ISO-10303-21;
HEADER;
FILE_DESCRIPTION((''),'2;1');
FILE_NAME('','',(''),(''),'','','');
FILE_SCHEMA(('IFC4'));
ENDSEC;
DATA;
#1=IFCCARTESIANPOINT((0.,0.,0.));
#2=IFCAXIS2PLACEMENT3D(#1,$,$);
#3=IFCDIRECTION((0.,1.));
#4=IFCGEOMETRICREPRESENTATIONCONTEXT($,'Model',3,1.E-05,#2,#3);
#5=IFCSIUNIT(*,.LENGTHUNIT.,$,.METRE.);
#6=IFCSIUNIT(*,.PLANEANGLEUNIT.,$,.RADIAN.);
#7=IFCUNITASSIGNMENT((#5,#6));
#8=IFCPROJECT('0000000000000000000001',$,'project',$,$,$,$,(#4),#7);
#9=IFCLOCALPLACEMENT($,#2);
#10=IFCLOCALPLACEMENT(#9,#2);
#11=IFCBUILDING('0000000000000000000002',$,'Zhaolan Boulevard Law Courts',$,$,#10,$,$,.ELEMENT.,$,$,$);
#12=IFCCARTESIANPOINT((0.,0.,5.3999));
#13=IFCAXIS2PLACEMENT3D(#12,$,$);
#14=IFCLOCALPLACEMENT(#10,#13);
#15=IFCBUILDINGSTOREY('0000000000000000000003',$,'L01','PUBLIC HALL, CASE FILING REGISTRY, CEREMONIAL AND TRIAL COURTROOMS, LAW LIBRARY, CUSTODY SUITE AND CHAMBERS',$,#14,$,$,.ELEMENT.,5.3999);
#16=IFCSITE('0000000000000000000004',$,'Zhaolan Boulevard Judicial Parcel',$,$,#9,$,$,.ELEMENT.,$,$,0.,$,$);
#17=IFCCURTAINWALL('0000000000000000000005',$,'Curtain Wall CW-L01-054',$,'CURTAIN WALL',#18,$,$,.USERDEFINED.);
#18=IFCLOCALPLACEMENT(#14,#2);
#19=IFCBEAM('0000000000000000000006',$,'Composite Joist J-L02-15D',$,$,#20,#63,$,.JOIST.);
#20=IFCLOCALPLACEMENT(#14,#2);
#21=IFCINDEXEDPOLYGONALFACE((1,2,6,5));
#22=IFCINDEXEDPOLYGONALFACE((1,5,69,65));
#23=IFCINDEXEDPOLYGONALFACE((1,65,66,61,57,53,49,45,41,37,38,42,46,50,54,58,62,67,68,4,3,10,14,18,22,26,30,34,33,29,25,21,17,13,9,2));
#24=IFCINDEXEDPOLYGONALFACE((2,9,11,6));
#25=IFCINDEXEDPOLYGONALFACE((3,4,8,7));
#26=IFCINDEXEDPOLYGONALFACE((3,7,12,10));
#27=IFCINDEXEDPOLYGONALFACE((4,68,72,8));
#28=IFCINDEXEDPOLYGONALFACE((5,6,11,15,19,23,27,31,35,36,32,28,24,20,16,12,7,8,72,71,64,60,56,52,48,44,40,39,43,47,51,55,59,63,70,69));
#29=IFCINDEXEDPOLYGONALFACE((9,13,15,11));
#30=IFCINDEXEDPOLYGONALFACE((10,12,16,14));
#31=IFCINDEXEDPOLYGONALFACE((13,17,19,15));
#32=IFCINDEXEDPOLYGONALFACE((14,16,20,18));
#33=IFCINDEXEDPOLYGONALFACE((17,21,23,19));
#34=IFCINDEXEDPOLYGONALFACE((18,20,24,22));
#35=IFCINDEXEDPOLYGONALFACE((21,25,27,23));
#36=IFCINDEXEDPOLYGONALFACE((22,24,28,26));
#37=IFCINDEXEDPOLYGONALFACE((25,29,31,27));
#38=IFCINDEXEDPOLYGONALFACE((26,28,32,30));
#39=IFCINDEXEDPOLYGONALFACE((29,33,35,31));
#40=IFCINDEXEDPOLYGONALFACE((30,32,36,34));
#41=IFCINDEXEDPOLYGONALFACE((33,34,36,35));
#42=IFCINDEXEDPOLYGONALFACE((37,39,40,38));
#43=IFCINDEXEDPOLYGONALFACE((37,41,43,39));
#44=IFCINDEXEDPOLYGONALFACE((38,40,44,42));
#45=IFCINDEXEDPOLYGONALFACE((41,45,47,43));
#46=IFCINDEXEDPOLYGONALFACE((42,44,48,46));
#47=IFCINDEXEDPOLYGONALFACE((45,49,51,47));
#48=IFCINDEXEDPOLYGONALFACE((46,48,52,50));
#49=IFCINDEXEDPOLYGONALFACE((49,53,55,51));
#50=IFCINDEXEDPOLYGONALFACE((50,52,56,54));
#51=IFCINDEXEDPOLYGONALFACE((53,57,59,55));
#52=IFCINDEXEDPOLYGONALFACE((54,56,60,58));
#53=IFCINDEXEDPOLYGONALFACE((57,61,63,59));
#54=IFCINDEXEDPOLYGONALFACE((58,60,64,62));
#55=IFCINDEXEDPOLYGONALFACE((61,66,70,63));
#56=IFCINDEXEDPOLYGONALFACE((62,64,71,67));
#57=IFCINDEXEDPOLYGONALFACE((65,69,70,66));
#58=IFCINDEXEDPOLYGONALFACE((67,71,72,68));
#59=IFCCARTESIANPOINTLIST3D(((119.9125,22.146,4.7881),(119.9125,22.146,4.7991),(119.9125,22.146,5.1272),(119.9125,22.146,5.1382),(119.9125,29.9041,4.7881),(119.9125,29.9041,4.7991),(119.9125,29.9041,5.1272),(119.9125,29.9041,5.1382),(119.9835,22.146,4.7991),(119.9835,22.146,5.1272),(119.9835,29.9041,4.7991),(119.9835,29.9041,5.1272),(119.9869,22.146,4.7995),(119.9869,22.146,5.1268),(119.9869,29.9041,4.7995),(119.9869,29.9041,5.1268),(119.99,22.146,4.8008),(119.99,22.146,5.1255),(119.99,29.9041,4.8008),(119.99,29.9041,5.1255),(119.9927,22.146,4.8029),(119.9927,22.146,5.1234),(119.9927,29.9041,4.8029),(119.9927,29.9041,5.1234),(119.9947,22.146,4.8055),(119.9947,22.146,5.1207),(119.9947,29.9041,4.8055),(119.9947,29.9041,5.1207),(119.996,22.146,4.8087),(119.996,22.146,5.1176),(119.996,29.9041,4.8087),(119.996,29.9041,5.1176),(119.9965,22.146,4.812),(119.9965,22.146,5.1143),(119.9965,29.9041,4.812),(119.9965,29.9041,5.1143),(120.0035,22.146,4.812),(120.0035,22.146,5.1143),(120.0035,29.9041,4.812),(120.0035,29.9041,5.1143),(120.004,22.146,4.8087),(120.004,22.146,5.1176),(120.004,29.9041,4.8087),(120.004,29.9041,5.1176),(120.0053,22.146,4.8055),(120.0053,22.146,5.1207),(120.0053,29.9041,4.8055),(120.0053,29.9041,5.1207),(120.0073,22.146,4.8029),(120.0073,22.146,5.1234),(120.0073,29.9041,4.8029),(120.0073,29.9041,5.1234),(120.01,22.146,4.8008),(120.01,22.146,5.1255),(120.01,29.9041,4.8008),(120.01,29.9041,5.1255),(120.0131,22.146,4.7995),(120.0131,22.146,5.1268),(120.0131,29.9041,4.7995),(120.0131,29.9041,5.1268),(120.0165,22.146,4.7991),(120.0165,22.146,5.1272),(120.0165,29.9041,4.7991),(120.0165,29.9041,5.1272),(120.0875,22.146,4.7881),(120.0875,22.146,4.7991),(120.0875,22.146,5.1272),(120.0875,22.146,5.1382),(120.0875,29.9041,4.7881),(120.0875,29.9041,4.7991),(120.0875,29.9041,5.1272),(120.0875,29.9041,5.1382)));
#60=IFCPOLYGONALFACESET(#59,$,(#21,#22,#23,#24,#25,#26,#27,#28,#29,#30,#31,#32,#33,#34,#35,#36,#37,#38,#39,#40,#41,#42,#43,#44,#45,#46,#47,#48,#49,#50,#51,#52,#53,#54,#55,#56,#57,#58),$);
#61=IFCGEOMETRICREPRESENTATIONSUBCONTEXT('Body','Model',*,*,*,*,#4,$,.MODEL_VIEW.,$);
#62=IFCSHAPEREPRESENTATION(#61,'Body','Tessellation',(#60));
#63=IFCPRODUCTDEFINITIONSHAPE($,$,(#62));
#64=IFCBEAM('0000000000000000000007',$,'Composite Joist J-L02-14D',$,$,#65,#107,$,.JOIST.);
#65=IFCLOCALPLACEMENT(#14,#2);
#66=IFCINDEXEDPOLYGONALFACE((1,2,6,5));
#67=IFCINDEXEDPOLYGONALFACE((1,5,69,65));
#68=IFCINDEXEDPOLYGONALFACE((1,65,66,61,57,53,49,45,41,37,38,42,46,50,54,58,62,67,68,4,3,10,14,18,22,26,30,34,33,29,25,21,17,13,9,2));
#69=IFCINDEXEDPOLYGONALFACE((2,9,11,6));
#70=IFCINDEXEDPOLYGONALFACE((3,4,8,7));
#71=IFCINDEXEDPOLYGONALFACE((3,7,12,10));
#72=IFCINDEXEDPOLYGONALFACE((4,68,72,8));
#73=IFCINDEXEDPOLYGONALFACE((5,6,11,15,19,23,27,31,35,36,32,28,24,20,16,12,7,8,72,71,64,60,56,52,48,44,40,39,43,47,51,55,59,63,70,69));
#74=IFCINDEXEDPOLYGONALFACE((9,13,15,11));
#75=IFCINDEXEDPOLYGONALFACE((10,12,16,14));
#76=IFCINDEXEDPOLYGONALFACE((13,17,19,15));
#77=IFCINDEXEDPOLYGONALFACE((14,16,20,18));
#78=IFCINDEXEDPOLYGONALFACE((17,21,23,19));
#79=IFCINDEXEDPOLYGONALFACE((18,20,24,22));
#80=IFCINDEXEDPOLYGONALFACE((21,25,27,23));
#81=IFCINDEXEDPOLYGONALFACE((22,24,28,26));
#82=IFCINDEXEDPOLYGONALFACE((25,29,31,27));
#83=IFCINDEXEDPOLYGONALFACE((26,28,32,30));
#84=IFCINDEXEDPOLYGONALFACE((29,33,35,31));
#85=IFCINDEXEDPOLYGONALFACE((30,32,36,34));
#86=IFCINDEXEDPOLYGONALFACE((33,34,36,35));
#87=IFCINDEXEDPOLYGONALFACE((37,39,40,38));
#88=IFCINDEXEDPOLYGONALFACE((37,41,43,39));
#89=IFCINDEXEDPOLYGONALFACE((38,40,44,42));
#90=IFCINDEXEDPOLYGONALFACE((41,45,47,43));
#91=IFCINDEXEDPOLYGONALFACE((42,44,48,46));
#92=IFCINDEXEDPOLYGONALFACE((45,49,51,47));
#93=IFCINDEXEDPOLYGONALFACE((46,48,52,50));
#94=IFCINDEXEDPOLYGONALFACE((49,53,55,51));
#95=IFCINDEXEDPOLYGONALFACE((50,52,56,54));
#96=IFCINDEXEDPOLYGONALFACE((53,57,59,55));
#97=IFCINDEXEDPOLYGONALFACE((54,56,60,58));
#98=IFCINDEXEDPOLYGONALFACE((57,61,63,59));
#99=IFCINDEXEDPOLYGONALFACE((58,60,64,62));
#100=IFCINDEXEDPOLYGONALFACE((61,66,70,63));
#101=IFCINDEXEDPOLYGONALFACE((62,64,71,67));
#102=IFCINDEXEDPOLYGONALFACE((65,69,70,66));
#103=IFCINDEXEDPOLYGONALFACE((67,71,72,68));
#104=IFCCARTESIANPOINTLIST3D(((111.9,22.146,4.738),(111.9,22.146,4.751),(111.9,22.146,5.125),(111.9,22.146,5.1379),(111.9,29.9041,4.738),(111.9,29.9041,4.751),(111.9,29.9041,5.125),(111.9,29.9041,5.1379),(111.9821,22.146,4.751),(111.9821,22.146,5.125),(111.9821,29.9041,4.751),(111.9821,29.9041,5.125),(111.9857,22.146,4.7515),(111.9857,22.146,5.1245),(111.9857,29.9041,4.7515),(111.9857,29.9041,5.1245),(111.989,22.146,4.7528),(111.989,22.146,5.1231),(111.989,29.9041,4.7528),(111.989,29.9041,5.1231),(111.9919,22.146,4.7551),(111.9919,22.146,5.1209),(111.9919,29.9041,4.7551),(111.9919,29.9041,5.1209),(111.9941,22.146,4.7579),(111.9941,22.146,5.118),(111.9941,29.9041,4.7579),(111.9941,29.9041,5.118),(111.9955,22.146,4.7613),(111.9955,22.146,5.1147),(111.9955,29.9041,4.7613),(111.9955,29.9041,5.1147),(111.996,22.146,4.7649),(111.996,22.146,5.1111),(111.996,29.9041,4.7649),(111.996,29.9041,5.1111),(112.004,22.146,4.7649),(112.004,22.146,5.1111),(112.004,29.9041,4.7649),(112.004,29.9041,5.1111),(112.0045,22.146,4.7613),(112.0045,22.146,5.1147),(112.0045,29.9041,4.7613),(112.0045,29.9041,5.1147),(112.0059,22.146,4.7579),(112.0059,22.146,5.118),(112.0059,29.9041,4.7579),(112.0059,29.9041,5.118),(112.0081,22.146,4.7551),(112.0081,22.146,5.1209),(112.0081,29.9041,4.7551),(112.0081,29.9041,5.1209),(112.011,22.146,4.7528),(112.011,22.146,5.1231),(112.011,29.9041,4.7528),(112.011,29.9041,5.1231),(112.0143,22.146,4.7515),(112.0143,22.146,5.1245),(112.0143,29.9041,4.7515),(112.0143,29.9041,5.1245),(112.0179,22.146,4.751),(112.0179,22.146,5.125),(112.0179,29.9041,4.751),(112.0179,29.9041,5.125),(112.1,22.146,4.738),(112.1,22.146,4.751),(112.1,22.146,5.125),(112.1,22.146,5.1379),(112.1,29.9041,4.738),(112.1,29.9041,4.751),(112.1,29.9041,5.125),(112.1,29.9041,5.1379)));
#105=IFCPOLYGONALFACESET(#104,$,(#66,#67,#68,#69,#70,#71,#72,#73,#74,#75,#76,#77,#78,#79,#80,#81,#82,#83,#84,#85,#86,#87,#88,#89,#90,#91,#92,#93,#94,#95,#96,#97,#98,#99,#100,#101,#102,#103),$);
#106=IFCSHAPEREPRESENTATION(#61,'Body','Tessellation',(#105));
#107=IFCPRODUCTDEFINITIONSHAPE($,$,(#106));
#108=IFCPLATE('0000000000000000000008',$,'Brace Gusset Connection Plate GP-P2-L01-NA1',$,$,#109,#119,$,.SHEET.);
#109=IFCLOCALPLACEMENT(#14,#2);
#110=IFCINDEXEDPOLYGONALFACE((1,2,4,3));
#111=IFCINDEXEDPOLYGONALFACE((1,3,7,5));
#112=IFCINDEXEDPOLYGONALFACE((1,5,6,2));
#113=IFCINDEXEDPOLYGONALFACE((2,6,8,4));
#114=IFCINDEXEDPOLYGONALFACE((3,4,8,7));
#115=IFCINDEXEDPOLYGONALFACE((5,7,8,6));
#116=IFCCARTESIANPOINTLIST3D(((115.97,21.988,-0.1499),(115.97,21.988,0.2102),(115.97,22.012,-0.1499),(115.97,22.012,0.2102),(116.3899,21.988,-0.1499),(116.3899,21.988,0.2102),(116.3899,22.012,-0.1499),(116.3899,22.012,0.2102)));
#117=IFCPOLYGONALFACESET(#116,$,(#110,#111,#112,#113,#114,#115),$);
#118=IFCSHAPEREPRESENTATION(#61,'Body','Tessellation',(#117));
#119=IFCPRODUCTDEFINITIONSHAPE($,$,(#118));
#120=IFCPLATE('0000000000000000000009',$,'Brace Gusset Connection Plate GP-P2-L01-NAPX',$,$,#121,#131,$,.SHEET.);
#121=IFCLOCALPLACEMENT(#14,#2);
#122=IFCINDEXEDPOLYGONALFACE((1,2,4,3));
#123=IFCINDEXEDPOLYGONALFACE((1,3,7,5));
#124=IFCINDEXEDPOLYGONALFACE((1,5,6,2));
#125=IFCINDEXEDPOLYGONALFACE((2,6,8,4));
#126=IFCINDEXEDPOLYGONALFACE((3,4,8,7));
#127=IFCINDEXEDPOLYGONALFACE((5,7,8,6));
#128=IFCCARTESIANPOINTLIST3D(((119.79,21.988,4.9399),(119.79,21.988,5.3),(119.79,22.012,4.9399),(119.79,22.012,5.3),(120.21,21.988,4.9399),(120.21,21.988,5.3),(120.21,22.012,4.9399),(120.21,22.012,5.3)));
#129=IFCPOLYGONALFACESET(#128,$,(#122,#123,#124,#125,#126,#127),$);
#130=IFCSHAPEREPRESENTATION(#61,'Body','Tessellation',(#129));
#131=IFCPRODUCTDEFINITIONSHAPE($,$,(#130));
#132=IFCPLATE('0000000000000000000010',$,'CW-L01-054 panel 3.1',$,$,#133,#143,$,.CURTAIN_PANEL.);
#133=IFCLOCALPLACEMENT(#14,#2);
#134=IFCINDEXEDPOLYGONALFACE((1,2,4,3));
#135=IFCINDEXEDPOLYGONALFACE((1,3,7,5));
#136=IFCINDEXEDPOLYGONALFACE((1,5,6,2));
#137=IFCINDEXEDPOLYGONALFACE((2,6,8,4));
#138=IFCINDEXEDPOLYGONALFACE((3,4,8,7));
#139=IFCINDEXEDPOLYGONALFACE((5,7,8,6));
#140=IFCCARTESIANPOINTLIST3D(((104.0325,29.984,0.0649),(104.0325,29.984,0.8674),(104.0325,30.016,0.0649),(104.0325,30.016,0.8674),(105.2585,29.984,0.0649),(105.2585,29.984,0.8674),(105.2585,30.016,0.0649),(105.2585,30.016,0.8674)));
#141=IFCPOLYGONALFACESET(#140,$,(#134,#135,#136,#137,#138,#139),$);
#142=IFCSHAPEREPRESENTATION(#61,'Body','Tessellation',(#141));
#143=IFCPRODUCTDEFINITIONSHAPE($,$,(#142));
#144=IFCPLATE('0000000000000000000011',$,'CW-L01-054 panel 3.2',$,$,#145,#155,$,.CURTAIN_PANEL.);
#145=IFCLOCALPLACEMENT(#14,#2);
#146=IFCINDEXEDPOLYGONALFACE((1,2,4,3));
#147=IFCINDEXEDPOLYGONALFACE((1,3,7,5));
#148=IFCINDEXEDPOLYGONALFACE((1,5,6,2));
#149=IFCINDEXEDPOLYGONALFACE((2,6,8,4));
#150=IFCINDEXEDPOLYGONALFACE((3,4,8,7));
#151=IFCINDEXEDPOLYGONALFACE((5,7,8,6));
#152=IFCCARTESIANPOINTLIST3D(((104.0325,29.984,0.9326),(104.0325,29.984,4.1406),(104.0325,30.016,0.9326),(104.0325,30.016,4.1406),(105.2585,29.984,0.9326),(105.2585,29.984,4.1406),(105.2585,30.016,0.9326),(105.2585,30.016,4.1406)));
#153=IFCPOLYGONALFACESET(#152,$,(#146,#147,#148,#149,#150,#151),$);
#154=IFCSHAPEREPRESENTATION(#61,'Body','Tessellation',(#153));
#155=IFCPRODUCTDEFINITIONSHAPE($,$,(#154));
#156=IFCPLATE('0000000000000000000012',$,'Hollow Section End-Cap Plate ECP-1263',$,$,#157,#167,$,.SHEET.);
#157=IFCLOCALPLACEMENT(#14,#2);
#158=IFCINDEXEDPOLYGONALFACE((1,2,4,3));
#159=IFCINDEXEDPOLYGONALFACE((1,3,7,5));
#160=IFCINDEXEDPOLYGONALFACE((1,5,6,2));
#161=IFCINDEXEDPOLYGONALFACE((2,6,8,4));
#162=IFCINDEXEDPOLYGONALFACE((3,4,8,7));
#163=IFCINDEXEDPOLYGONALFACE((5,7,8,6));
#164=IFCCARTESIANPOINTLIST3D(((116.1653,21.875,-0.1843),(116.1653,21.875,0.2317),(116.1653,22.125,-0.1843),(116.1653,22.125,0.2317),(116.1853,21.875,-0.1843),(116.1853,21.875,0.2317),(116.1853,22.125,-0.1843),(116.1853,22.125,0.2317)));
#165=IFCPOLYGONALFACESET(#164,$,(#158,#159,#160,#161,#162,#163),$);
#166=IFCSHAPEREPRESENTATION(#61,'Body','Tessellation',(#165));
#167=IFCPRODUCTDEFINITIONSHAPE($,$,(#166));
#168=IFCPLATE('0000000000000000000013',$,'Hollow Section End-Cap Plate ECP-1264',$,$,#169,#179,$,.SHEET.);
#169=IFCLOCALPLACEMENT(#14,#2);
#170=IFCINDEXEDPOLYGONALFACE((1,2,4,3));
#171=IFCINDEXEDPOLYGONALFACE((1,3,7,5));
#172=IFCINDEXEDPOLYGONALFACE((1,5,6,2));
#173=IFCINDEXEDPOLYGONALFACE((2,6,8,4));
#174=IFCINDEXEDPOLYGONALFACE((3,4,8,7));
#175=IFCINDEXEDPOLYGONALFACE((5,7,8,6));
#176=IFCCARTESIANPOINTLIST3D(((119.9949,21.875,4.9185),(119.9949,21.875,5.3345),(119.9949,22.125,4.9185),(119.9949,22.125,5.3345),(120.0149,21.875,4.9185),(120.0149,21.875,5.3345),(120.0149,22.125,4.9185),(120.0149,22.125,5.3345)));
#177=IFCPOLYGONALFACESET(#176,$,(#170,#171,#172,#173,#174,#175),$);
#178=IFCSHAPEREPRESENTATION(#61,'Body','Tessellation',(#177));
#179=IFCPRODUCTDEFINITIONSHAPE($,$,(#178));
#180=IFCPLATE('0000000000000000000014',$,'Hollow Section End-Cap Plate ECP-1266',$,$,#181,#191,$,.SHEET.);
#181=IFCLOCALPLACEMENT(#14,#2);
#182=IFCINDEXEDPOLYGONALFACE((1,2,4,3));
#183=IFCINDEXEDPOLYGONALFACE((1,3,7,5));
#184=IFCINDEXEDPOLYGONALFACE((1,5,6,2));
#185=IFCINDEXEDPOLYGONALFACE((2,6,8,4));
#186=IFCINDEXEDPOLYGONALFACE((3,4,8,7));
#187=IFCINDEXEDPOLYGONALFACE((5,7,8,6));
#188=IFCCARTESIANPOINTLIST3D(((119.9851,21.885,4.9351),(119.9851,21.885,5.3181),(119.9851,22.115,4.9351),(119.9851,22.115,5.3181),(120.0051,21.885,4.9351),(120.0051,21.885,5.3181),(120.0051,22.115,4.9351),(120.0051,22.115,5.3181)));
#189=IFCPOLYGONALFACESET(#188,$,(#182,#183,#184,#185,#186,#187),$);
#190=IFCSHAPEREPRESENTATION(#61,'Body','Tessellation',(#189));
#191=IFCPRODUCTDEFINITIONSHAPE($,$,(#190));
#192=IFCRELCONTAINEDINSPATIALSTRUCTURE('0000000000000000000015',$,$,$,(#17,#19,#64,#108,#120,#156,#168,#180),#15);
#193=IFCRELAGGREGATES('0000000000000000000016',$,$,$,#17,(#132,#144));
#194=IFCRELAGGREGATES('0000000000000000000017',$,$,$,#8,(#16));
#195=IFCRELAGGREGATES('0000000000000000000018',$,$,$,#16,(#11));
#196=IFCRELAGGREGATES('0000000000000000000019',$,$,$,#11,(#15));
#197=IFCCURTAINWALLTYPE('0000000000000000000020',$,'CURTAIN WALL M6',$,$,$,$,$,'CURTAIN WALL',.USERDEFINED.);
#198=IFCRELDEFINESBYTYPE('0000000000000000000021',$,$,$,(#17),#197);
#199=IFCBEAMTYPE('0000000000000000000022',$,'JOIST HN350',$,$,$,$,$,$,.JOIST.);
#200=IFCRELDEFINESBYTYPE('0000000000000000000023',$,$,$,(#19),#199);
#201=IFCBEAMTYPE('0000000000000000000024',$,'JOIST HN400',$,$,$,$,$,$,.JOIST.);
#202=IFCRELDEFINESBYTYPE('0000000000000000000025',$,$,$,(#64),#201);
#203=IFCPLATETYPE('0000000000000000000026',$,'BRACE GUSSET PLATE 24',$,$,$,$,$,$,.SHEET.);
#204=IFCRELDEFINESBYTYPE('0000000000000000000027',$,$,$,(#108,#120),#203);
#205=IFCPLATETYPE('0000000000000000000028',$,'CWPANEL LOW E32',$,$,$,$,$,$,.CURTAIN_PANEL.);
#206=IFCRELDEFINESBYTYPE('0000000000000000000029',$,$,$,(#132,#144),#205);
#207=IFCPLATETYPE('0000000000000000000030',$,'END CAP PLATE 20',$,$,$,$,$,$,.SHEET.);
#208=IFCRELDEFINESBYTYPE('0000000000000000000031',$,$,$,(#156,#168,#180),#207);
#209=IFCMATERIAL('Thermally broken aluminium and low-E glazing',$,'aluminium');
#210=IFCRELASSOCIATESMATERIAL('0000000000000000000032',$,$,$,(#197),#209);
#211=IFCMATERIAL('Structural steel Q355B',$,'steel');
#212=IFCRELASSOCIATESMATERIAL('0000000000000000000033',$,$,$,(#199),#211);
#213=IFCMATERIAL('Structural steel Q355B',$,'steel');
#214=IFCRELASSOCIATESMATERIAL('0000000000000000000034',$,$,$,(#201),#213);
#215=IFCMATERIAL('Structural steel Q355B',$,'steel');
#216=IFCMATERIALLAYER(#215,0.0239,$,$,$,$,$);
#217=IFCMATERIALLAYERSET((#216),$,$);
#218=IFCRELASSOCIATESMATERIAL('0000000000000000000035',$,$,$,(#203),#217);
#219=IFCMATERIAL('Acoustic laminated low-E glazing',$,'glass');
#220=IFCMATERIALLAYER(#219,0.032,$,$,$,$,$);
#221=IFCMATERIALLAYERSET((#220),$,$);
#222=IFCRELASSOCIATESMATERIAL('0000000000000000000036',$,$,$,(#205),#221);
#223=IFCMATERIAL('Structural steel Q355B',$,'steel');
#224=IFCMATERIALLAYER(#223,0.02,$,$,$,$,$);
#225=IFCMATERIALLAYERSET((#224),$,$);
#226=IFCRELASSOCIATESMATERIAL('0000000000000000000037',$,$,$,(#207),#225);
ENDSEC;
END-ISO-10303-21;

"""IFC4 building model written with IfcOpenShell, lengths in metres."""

from ifc_helpers import new_model, si_unit, direction, frame, origin, origin_2d, place, context, subcontext, project, spatial, rectangle, i_section, extrude, material, layer, layer_set, material_profile, profile_set, type_object, element, aggregate, save


model = new_model("IFC4")

# Units and contexts
model_context = context("Model", 3, precision=1e-05, world=origin(), true_north=direction((0.0, 1.0)))
body_context = subcontext(model_context, "Body", "Model", "MODEL_VIEW")
ifc_project = project(units=[si_unit("LENGTHUNIT", "METRE"), si_unit("PLANEANGLEUNIT", "RADIAN")], contexts=[model_context])

# Site, building, storey
site_placement = place(None, origin())
site = spatial("IfcSite", under=ifc_project, at=site_placement, Name="Zhaolan Boulevard Judicial Parcel", CompositionType="ELEMENT", RefElevation=0.0)
building_placement = place(site_placement, origin())
building = spatial("IfcBuilding", under=site, at=building_placement, Name="Zhaolan Boulevard Law Courts", CompositionType="ELEMENT")
storey_placement = place(building_placement, frame((0.0, 0.0, 5.3999)))
storey = spatial("IfcBuildingStorey", under=building, at=storey_placement, Name="L01", Description="PUBLIC HALL, CASE FILING REGISTRY, CEREMONIAL AND TRIAL COURTROOMS, LAW LIBRARY, CUSTODY SUITE AND CHAMBERS", CompositionType="ELEMENT", Elevation=5.3999)

# Curtain wall
ifc_material_1 = material(Name="Thermally broken aluminium and low-E glazing", Category="aluminium")
curtain_wall_type = type_object("IfcCurtainWallType", Name="CURTAIN WALL M6", ElementType="CURTAIN WALL", PredefinedType="USERDEFINED", material=ifc_material_1)
curtain_wall_placement = place(storey_placement, origin())
curtain_wall = element("IfcCurtainWall", 1, at=curtain_wall_placement, inside=storey, type_object=curtain_wall_type, Name="Curtain Wall CW-L01-054", ObjectType="CURTAIN WALL", PredefinedType="USERDEFINED")

# Beams
ifc_material_2 = material(Name="Structural steel Q355B", Category="steel")
ifc_material_profile_1 = material_profile(ifc_material_2, i_section(OverallWidth=0.175, OverallDepth=0.3501, WebThickness=0.0071, FlangeThickness=0.011, FilletRadius=0.0129, at=origin_2d()), Name="HN350x175")
ifc_profile_set_1 = profile_set([ifc_material_profile_1], Name="Structural steel Q355B")
beam_type_1 = type_object("IfcBeamType", Name="JOIST HN350", PredefinedType="JOIST", material=ifc_profile_set_1)
beam_1_placement = place(storey_placement, frame((120.0, 22.146, 4.9631), z_axis=(0.0, 1.0, 0.0), x_axis=(-1.0, 0.0, 0.0)))
element("IfcBeam", 2, at=beam_1_placement, inside=storey, type_object=beam_type_1, Name="Composite Joist J-L02-15D", PredefinedType="JOIST", context=body_context, shape_type="SweptSolid", body=[
    extrude(i_section(OverallWidth=0.175, OverallDepth=0.3501, WebThickness=0.0071, FlangeThickness=0.011, FilletRadius=0.0129, at=origin_2d()), origin(), (0.0, 0.0, 1.0), 7.7581),
])
ifc_material_3 = material(Name="Structural steel Q355B", Category="steel")
ifc_material_profile_2 = material_profile(ifc_material_3, i_section(OverallWidth=0.2, OverallDepth=0.3999, WebThickness=0.0081, FlangeThickness=0.0129, FilletRadius=0.0139, at=origin_2d()), Name="HN400x200")
ifc_profile_set_2 = profile_set([ifc_material_profile_2], Name="Structural steel Q355B")
beam_type_2 = type_object("IfcBeamType", Name="JOIST HN400", PredefinedType="JOIST", material=ifc_profile_set_2)
beam_2_placement = place(storey_placement, frame((112.0, 22.146, 4.938), z_axis=(0.0, 1.0, 0.0), x_axis=(-1.0, 0.0, 0.0)))
element("IfcBeam", 3, at=beam_2_placement, inside=storey, type_object=beam_type_2, Name="Composite Joist J-L02-14D", PredefinedType="JOIST", context=body_context, shape_type="SweptSolid", body=[
    extrude(i_section(OverallWidth=0.2, OverallDepth=0.3999, WebThickness=0.0081, FlangeThickness=0.0129, FilletRadius=0.0139, at=origin_2d()), origin(), (0.0, 0.0, 1.0), 7.7581),
])

# Plates
ifc_material_4 = material(Name="Structural steel Q355B", Category="steel")
ifc_layer_1 = layer(ifc_material_4, 0.0239)
ifc_layer_set_1 = layer_set([ifc_layer_1])
plate_type_1 = type_object("IfcPlateType", Name="BRACE GUSSET PLATE 24", PredefinedType="SHEET", material=ifc_layer_set_1)
for number, where, z_axis, x_axis, name in (
    (4, (116.1799, 22.0, -0.1499), (0.0, 0.0, 1.0), (1.0, 0.0, 0.0), "Brace Gusset Connection Plate GP-P2-L01-NA1"),
    (5, (120.0, 22.0, 4.9399), (0.0, 0.0, 1.0), (1.0, 0.0, 0.0), "Brace Gusset Connection Plate GP-P2-L01-NAPX"),
):
    element("IfcPlate", number, at=place(storey_placement, frame(where, z_axis=z_axis, x_axis=x_axis)), inside=storey, type_object=plate_type_1, Name=name, PredefinedType="SHEET", context=body_context, shape_type="SweptSolid", body=[
        extrude(rectangle(XDim=0.4199, YDim=0.0239, at=origin_2d()), origin(), (0.0, 0.0, 1.0), 0.3601),
    ])

# Plates
ifc_material_5 = material(Name="Acoustic laminated low-E glazing", Category="glass")
ifc_layer_2 = layer(ifc_material_5, 0.032)
ifc_layer_set_2 = layer_set([ifc_layer_2])
plate_type_2 = type_object("IfcPlateType", Name="CWPANEL LOW E32", PredefinedType="CURTAIN_PANEL", material=ifc_layer_set_2)
plate_1_placement = place(storey_placement, frame((104.6455, 30.0, 0.0649), z_axis=(0.0, 0.0, 1.0), x_axis=(-1.0, 0.0, 0.0)))
plate_1 = element("IfcPlate", 6, at=plate_1_placement, type_object=plate_type_2, Name="CW-L01-054 panel 3.1", PredefinedType="CURTAIN_PANEL", context=body_context, shape_type="SweptSolid", body=[
    extrude(rectangle(XDim=1.2261, YDim=0.032, at=origin_2d()), origin(), (0.0, 0.0, 1.0), 0.8025),
])
plate_2_placement = place(storey_placement, frame((104.6455, 30.0, 0.9326), z_axis=(0.0, 0.0, 1.0), x_axis=(-1.0, 0.0, 0.0)))
plate_2 = element("IfcPlate", 7, at=plate_2_placement, type_object=plate_type_2, Name="CW-L01-054 panel 3.2", PredefinedType="CURTAIN_PANEL", context=body_context, shape_type="SweptSolid", body=[
    extrude(rectangle(XDim=1.2261, YDim=0.032, at=origin_2d()), origin(), (0.0, 0.0, 1.0), 3.208),
])
aggregate(curtain_wall, [plate_1, plate_2])

# Plates
ifc_material_6 = material(Name="Structural steel Q355B", Category="steel")
ifc_layer_3 = layer(ifc_material_6, 0.02)
ifc_layer_set_3 = layer_set([ifc_layer_3])
plate_type_3 = type_object("IfcPlateType", Name="END CAP PLATE 20", PredefinedType="SHEET", material=ifc_layer_set_3)
for number, where, z_axis, x_axis, name in (
    (8, (116.1753, 22.0, -0.1843), (0.0, 0.0, 1.0), (1.0, 0.0, 0.0), "Hollow Section End-Cap Plate ECP-1263"),
    (9, (120.0049, 22.0, 4.9185), (0.0, 0.0, 1.0), (1.0, 0.0, 0.0), "Hollow Section End-Cap Plate ECP-1264"),
):
    element("IfcPlate", number, at=place(storey_placement, frame(where, z_axis=z_axis, x_axis=x_axis)), inside=storey, type_object=plate_type_3, Name=name, PredefinedType="SHEET", context=body_context, shape_type="SweptSolid", body=[
        extrude(rectangle(XDim=0.02, YDim=0.25, at=origin_2d()), origin(), (0.0, 0.0, 1.0), 0.416),
    ])
plate_3_placement = place(storey_placement, frame((119.9951, 22.0, 4.9351), z_axis=(0.0, 0.0, 1.0), x_axis=(-1.0, 0.0, 0.0)))
element("IfcPlate", 10, at=plate_3_placement, inside=storey, type_object=plate_type_3, Name="Hollow Section End-Cap Plate ECP-1266", PredefinedType="SHEET", context=body_context, shape_type="SweptSolid", body=[
    extrude(rectangle(XDim=0.02, YDim=0.23, at=origin_2d()), origin(), (0.0, 0.0, 1.0), 0.3831),
])

save(model, "model.ifc")
